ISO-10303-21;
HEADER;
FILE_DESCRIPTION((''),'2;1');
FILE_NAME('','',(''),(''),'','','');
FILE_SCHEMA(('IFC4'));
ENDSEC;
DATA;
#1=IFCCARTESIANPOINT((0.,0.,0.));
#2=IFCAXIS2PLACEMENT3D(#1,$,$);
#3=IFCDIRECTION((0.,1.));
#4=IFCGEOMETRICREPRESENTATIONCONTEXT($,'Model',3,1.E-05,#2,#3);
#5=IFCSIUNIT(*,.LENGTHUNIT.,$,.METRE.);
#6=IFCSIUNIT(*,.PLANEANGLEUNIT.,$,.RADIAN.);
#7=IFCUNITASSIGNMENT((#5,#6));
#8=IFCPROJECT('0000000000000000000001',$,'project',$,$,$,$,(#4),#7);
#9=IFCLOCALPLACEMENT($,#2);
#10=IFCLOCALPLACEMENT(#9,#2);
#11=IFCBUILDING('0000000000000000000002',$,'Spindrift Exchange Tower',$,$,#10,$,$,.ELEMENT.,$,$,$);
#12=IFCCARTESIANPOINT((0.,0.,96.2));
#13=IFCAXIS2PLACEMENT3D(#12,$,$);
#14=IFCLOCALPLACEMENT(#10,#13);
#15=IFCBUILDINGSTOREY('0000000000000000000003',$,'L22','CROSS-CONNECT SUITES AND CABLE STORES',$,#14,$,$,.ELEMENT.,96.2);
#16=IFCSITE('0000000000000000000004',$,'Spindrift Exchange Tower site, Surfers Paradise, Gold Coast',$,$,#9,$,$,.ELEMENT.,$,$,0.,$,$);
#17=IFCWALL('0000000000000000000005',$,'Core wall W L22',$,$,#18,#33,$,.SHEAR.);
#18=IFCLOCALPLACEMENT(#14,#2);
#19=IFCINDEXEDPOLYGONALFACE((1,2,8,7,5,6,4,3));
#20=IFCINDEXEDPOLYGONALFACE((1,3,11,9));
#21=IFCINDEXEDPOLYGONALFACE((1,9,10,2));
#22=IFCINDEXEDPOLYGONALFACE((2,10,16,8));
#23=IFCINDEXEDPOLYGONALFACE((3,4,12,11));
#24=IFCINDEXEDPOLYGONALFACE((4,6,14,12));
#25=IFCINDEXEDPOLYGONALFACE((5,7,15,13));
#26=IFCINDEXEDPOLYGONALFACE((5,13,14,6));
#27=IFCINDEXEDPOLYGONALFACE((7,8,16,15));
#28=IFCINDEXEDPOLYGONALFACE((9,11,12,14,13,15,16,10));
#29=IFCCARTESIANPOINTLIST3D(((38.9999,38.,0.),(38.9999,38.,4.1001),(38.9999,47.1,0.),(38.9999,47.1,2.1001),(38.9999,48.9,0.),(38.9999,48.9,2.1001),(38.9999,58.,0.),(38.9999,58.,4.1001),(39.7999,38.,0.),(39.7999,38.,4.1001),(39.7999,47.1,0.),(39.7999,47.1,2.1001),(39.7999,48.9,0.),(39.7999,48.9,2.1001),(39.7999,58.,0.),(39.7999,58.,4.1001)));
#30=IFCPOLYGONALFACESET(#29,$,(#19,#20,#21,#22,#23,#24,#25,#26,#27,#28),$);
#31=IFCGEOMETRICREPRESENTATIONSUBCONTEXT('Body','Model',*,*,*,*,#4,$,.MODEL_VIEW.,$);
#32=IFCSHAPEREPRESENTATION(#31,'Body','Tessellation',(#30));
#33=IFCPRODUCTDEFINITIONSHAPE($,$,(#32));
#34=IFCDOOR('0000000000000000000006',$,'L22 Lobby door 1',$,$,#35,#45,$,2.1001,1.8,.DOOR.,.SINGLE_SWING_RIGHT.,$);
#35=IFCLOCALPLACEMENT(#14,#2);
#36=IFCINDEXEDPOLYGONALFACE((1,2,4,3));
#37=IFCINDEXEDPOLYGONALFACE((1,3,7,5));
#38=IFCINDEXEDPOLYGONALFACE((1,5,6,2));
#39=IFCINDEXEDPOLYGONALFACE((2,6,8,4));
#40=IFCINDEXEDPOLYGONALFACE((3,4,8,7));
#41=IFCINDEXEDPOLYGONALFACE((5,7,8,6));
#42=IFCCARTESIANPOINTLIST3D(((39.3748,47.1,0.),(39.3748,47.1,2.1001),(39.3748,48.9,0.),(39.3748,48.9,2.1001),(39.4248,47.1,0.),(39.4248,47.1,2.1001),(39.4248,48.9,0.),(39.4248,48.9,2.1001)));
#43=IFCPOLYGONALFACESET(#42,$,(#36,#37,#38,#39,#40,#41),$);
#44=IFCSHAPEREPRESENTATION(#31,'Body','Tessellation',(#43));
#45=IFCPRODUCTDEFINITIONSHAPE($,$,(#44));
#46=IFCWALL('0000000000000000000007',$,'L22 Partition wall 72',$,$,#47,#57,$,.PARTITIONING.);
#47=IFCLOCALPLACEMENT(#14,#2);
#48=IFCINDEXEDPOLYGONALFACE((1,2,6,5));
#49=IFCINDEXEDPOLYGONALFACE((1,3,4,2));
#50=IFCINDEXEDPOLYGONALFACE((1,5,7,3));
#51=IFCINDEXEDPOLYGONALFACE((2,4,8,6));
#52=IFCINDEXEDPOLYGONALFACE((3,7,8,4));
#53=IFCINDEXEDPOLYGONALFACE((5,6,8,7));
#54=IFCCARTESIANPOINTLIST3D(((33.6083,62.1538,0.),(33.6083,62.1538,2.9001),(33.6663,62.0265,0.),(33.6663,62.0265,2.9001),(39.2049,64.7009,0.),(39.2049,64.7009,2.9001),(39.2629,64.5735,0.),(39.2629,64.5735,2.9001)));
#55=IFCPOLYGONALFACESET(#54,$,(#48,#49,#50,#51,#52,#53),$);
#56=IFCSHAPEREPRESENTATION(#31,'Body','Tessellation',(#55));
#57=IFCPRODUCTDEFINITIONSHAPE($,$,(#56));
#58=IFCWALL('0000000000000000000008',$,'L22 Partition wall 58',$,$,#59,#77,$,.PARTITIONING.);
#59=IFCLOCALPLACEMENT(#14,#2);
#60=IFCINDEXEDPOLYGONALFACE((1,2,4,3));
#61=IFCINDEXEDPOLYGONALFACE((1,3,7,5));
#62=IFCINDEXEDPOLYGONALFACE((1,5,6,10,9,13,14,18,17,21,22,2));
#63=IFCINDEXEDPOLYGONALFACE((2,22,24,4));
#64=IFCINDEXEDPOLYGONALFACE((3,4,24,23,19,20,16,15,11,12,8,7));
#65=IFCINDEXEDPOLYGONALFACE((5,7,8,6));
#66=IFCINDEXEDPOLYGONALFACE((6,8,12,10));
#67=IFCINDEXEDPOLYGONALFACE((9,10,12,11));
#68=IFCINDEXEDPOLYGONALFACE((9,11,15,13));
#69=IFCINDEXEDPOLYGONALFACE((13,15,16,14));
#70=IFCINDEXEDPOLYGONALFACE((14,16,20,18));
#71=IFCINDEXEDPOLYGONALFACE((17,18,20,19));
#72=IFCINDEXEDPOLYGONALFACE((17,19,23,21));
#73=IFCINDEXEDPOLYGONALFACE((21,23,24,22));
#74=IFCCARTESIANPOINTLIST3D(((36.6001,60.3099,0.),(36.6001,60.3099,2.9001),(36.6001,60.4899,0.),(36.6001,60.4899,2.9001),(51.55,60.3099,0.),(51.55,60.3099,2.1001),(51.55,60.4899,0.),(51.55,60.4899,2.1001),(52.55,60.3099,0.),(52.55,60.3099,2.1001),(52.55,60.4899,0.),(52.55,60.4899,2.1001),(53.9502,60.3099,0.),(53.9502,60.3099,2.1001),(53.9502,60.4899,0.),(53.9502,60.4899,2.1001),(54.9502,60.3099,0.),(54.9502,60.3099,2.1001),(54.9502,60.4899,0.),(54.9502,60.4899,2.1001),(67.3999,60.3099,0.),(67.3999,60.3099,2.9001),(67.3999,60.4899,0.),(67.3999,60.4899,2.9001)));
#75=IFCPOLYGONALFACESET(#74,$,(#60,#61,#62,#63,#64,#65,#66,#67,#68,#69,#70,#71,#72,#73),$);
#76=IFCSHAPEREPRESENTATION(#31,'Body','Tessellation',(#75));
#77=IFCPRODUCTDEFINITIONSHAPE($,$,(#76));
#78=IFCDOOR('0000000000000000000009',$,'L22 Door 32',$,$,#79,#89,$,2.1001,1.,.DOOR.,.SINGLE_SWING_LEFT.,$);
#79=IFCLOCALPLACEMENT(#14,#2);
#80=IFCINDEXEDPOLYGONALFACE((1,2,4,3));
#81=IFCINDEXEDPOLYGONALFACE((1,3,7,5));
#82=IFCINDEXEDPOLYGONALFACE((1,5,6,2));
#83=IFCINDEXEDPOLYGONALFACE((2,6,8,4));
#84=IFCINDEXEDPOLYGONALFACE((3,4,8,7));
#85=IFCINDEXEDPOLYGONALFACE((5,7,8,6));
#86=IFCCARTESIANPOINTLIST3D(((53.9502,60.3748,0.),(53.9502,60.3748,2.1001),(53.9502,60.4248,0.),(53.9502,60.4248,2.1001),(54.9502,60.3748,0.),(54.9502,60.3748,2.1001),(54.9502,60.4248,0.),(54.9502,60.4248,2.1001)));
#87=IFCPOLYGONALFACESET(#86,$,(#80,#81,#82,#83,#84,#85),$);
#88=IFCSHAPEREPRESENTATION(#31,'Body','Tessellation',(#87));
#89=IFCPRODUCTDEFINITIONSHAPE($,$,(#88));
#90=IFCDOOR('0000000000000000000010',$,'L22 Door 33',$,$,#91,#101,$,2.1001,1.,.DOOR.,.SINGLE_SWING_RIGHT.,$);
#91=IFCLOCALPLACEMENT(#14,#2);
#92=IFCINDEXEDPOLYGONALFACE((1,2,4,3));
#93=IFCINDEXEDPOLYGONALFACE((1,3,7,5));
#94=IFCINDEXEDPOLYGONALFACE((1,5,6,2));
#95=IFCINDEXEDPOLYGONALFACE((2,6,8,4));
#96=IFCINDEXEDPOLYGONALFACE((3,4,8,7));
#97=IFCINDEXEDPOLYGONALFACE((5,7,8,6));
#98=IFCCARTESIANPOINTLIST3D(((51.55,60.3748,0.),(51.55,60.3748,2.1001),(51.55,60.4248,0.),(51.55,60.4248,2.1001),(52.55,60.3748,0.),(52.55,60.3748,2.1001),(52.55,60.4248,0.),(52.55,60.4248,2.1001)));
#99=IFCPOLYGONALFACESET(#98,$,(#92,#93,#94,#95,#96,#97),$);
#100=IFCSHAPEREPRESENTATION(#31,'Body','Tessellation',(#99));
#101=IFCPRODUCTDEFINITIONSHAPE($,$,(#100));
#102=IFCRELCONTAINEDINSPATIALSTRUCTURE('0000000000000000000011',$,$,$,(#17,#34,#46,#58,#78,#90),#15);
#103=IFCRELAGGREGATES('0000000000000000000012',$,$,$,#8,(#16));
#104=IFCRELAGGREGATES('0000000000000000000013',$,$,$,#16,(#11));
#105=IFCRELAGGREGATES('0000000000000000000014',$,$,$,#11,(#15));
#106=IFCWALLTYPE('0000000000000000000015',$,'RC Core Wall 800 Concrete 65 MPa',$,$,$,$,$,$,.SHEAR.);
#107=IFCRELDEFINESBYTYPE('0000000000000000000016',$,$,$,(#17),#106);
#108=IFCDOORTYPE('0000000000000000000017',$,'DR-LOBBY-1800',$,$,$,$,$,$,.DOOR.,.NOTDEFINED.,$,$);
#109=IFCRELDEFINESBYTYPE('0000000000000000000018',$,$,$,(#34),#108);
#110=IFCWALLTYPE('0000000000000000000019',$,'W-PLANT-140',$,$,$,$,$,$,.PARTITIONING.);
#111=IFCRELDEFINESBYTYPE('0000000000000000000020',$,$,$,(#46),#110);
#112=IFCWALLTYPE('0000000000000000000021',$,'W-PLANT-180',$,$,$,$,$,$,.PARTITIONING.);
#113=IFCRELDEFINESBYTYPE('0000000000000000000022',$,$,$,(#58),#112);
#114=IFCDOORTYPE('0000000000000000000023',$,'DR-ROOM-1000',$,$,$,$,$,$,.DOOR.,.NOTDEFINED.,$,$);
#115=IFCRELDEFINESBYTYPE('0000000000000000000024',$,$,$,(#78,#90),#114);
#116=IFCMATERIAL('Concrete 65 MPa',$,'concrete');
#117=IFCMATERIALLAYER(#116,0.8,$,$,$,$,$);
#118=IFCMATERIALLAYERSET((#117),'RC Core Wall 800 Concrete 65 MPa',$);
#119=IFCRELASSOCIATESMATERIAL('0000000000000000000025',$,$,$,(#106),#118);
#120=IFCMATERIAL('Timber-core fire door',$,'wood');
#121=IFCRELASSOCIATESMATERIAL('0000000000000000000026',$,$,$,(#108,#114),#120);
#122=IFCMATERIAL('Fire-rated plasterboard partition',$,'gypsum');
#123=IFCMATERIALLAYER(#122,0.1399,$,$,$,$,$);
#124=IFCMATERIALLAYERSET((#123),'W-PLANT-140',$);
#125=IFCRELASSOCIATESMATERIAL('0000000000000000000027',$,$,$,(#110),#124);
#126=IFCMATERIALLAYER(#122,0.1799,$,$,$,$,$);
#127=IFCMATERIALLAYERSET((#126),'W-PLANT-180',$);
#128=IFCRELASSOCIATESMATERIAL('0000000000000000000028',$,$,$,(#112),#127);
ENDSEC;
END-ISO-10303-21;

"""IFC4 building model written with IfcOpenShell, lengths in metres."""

from ifc_helpers import new_model, si_unit, direction, frame, frame_2d, origin, place, context, subcontext, project, spatial, rectangle, extrude, source, transform, mapped, material, layer, layer_set, type_object, element, fill, save


model = new_model("IFC4")

# Units and contexts
model_context = context("Model", 3, precision=1e-05, world=origin(), true_north=direction((0.0, 1.0)))
body_context = subcontext(model_context, "Body", "Model", "MODEL_VIEW")
ifc_project = project(units=[si_unit("LENGTHUNIT", "METRE"), si_unit("PLANEANGLEUNIT", "RADIAN")], contexts=[model_context])

# Site, building, storey
site_placement = place(None, origin())
site = spatial("IfcSite", under=ifc_project, at=site_placement, Name="Spindrift Exchange Tower site, Surfers Paradise, Gold Coast", CompositionType="ELEMENT", RefElevation=0.0)
building_placement = place(site_placement, origin())
building = spatial("IfcBuilding", under=site, at=building_placement, Name="Spindrift Exchange Tower", CompositionType="ELEMENT")
storey_placement = place(building_placement, frame((0.0, 0.0, 96.2)))
storey = spatial("IfcBuildingStorey", under=building, at=storey_placement, Name="L22", Description="CROSS-CONNECT SUITES AND CABLE STORES", CompositionType="ELEMENT", Elevation=96.2)

# Shared definitions
ifc_material_1 = material(Name="Concrete 65 MPa", Category="concrete")

# Wall, opening, door
ifc_layer_1 = layer(ifc_material_1, 0.8)
ifc_layer_set_1 = layer_set([ifc_layer_1], Name="RC Core Wall 800 Concrete 65 MPa")
wall_type_1 = type_object("IfcWallType", Name="RC Core Wall 800 Concrete 65 MPa", PredefinedType="SHEAR", material=ifc_layer_set_1)
wall_1_placement = place(storey_placement, frame((39.3999, 58.0, 0.0), z_axis=(0.0, 0.0, 1.0), x_axis=(0.0, -1.0, 0.0)))
wall_1 = element("IfcWall", 1, at=wall_1_placement, inside=storey, type_object=wall_type_1, Name="Core wall W L22", PredefinedType="SHEAR", context=body_context, shape_type="SweptSolid", body=[
    extrude(rectangle(XDim=20.0, YDim=0.8, at=frame_2d((10.0, 0.0))), origin(), (0.0, 0.0, 1.0), 4.1001),
])
opening_1_placement = place(wall_1_placement, frame((9.1001, 0.0, 0.0)))
opening_1 = element("IfcOpeningElement", 2, at=opening_1_placement, cuts=wall_1, PredefinedType="OPENING", context=body_context, shape_type="SweptSolid", body=[
    extrude(rectangle(XDim=1.8, YDim=2.1001, at=frame_2d((0.8999, 1.05))), frame((0.0, 0.4099, 0.0), z_axis=(0.0, -1.0, 0.0), x_axis=(1.0, 0.0, 0.0)), (0.0, 0.0, 1.0), 0.8201),
])
ifc_material_2 = material(Name="Timber-core fire door", Category="wood")
door_type_1 = type_object("IfcDoorType", Name="DR-LOBBY-1800", OperationType="NOTDEFINED", PredefinedType="DOOR", material=ifc_material_2)
shared_shape_1 = source(origin(), body_context, "Body", "SweptSolid", [
    extrude(rectangle(XDim=1.8, YDim=2.1001, at=frame_2d((0.8999, 1.05))), frame((0.0, 0.0249, 0.0), z_axis=(0.0, -1.0, 0.0), x_axis=(1.0, 0.0, 0.0)), (0.0, 0.0, 1.0), 0.05),
])
door_1_placement = place(opening_1_placement, origin())
door_1 = element("IfcDoor", 3, at=door_1_placement, inside=storey, type_object=door_type_1, Name="L22 Lobby door 1", OperationType="SINGLE_SWING_RIGHT", OverallHeight=2.1001, OverallWidth=1.8, PredefinedType="DOOR", context=body_context, shape_type="MappedRepresentation", body=[
    mapped(shared_shape_1, transform((0.0, 0.0, 0.0), scale=1.0)),
])
fill(opening_1, door_1)

# Wall
ifc_material_3 = material(Name="Fire-rated plasterboard partition", Category="gypsum")
ifc_layer_2 = layer(ifc_material_3, 0.1399)
ifc_layer_set_2 = layer_set([ifc_layer_2], Name="W-PLANT-140")
wall_type_2 = type_object("IfcWallType", Name="W-PLANT-140", PredefinedType="PARTITIONING", material=ifc_layer_set_2)
wall_2_placement = place(storey_placement, frame((39.2339, 64.6372, 0.0), z_axis=(0.0, 0.0, 1.0), x_axis=(-0.910172, -0.414231, 0.0)))
element("IfcWall", 4, at=wall_2_placement, inside=storey, type_object=wall_type_2, Name="L22 Partition wall 72", PredefinedType="PARTITIONING", context=body_context, shape_type="SweptSolid", body=[
    extrude(rectangle(XDim=6.1489, YDim=0.1399, at=frame_2d((3.0745, 0.0))), origin(), (0.0, 0.0, 1.0), 2.9001),
])

# Wall, openings, doors
ifc_layer_3 = layer(ifc_material_3, 0.1799)
ifc_layer_set_3 = layer_set([ifc_layer_3], Name="W-PLANT-180")
wall_type_3 = type_object("IfcWallType", Name="W-PLANT-180", PredefinedType="PARTITIONING", material=ifc_layer_set_3)
wall_3_placement = place(storey_placement, frame((36.6001, 60.3999, 0.0), z_axis=(0.0, 0.0, 1.0), x_axis=(1.0, 0.0, 0.0)))
wall_3 = element("IfcWall", 5, at=wall_3_placement, inside=storey, type_object=wall_type_3, Name="L22 Partition wall 58", PredefinedType="PARTITIONING", context=body_context, shape_type="SweptSolid", body=[
    extrude(rectangle(XDim=30.7998, YDim=0.1799, at=frame_2d((15.3999, 0.0))), origin(), (0.0, 0.0, 1.0), 2.9001),
])
opening_2_placement = place(wall_3_placement, frame((17.3501, 0.0, 0.0)))
opening_2 = element("IfcOpeningElement", 6, at=opening_2_placement, cuts=wall_3, PredefinedType="OPENING", context=body_context, shape_type="SweptSolid", body=[
    extrude(rectangle(XDim=1.0, YDim=2.1001, at=frame_2d((0.5, 1.05))), frame((0.0, 0.0999, 0.0), z_axis=(0.0, -1.0, 0.0), x_axis=(1.0, 0.0, 0.0)), (0.0, 0.0, 1.0), 0.2),
])
opening_3_placement = place(wall_3_placement, frame((14.95, 0.0, 0.0)))
opening_3 = element("IfcOpeningElement", 7, at=opening_3_placement, cuts=wall_3, PredefinedType="OPENING", context=body_context, shape_type="SweptSolid", body=[
    extrude(rectangle(XDim=1.0, YDim=2.1001, at=frame_2d((0.5, 1.05))), frame((0.0, 0.0999, 0.0), z_axis=(0.0, -1.0, 0.0), x_axis=(1.0, 0.0, 0.0)), (0.0, 0.0, 1.0), 0.2),
])
door_type_2 = type_object("IfcDoorType", Name="DR-ROOM-1000", OperationType="NOTDEFINED", PredefinedType="DOOR", material=ifc_material_2)
shared_shape_2 = source(origin(), body_context, "Body", "SweptSolid", [
    extrude(rectangle(XDim=1.0, YDim=2.1001, at=frame_2d((0.5, 1.05))), frame((0.0, 0.0249, 0.0), z_axis=(0.0, -1.0, 0.0), x_axis=(1.0, 0.0, 0.0)), (0.0, 0.0, 1.0), 0.05),
])
door_2_placement = place(opening_2_placement, origin())
door_2 = element("IfcDoor", 8, at=door_2_placement, inside=storey, type_object=door_type_2, Name="L22 Door 32", OperationType="SINGLE_SWING_LEFT", OverallHeight=2.1001, OverallWidth=1.0, PredefinedType="DOOR", context=body_context, shape_type="MappedRepresentation", body=[
    mapped(shared_shape_2, transform((0.0, 0.0, 0.0), scale=1.0)),
])
fill(opening_2, door_2)
door_3_placement = place(opening_3_placement, origin())
door_3 = element("IfcDoor", 9, at=door_3_placement, inside=storey, type_object=door_type_2, Name="L22 Door 33", OperationType="SINGLE_SWING_RIGHT", OverallHeight=2.1001, OverallWidth=1.0, PredefinedType="DOOR", context=body_context, shape_type="MappedRepresentation", body=[
    mapped(shared_shape_2, transform((0.0, 0.0, 0.0), scale=1.0)),
])
fill(opening_3, door_3)

save(model, "model.ifc")
